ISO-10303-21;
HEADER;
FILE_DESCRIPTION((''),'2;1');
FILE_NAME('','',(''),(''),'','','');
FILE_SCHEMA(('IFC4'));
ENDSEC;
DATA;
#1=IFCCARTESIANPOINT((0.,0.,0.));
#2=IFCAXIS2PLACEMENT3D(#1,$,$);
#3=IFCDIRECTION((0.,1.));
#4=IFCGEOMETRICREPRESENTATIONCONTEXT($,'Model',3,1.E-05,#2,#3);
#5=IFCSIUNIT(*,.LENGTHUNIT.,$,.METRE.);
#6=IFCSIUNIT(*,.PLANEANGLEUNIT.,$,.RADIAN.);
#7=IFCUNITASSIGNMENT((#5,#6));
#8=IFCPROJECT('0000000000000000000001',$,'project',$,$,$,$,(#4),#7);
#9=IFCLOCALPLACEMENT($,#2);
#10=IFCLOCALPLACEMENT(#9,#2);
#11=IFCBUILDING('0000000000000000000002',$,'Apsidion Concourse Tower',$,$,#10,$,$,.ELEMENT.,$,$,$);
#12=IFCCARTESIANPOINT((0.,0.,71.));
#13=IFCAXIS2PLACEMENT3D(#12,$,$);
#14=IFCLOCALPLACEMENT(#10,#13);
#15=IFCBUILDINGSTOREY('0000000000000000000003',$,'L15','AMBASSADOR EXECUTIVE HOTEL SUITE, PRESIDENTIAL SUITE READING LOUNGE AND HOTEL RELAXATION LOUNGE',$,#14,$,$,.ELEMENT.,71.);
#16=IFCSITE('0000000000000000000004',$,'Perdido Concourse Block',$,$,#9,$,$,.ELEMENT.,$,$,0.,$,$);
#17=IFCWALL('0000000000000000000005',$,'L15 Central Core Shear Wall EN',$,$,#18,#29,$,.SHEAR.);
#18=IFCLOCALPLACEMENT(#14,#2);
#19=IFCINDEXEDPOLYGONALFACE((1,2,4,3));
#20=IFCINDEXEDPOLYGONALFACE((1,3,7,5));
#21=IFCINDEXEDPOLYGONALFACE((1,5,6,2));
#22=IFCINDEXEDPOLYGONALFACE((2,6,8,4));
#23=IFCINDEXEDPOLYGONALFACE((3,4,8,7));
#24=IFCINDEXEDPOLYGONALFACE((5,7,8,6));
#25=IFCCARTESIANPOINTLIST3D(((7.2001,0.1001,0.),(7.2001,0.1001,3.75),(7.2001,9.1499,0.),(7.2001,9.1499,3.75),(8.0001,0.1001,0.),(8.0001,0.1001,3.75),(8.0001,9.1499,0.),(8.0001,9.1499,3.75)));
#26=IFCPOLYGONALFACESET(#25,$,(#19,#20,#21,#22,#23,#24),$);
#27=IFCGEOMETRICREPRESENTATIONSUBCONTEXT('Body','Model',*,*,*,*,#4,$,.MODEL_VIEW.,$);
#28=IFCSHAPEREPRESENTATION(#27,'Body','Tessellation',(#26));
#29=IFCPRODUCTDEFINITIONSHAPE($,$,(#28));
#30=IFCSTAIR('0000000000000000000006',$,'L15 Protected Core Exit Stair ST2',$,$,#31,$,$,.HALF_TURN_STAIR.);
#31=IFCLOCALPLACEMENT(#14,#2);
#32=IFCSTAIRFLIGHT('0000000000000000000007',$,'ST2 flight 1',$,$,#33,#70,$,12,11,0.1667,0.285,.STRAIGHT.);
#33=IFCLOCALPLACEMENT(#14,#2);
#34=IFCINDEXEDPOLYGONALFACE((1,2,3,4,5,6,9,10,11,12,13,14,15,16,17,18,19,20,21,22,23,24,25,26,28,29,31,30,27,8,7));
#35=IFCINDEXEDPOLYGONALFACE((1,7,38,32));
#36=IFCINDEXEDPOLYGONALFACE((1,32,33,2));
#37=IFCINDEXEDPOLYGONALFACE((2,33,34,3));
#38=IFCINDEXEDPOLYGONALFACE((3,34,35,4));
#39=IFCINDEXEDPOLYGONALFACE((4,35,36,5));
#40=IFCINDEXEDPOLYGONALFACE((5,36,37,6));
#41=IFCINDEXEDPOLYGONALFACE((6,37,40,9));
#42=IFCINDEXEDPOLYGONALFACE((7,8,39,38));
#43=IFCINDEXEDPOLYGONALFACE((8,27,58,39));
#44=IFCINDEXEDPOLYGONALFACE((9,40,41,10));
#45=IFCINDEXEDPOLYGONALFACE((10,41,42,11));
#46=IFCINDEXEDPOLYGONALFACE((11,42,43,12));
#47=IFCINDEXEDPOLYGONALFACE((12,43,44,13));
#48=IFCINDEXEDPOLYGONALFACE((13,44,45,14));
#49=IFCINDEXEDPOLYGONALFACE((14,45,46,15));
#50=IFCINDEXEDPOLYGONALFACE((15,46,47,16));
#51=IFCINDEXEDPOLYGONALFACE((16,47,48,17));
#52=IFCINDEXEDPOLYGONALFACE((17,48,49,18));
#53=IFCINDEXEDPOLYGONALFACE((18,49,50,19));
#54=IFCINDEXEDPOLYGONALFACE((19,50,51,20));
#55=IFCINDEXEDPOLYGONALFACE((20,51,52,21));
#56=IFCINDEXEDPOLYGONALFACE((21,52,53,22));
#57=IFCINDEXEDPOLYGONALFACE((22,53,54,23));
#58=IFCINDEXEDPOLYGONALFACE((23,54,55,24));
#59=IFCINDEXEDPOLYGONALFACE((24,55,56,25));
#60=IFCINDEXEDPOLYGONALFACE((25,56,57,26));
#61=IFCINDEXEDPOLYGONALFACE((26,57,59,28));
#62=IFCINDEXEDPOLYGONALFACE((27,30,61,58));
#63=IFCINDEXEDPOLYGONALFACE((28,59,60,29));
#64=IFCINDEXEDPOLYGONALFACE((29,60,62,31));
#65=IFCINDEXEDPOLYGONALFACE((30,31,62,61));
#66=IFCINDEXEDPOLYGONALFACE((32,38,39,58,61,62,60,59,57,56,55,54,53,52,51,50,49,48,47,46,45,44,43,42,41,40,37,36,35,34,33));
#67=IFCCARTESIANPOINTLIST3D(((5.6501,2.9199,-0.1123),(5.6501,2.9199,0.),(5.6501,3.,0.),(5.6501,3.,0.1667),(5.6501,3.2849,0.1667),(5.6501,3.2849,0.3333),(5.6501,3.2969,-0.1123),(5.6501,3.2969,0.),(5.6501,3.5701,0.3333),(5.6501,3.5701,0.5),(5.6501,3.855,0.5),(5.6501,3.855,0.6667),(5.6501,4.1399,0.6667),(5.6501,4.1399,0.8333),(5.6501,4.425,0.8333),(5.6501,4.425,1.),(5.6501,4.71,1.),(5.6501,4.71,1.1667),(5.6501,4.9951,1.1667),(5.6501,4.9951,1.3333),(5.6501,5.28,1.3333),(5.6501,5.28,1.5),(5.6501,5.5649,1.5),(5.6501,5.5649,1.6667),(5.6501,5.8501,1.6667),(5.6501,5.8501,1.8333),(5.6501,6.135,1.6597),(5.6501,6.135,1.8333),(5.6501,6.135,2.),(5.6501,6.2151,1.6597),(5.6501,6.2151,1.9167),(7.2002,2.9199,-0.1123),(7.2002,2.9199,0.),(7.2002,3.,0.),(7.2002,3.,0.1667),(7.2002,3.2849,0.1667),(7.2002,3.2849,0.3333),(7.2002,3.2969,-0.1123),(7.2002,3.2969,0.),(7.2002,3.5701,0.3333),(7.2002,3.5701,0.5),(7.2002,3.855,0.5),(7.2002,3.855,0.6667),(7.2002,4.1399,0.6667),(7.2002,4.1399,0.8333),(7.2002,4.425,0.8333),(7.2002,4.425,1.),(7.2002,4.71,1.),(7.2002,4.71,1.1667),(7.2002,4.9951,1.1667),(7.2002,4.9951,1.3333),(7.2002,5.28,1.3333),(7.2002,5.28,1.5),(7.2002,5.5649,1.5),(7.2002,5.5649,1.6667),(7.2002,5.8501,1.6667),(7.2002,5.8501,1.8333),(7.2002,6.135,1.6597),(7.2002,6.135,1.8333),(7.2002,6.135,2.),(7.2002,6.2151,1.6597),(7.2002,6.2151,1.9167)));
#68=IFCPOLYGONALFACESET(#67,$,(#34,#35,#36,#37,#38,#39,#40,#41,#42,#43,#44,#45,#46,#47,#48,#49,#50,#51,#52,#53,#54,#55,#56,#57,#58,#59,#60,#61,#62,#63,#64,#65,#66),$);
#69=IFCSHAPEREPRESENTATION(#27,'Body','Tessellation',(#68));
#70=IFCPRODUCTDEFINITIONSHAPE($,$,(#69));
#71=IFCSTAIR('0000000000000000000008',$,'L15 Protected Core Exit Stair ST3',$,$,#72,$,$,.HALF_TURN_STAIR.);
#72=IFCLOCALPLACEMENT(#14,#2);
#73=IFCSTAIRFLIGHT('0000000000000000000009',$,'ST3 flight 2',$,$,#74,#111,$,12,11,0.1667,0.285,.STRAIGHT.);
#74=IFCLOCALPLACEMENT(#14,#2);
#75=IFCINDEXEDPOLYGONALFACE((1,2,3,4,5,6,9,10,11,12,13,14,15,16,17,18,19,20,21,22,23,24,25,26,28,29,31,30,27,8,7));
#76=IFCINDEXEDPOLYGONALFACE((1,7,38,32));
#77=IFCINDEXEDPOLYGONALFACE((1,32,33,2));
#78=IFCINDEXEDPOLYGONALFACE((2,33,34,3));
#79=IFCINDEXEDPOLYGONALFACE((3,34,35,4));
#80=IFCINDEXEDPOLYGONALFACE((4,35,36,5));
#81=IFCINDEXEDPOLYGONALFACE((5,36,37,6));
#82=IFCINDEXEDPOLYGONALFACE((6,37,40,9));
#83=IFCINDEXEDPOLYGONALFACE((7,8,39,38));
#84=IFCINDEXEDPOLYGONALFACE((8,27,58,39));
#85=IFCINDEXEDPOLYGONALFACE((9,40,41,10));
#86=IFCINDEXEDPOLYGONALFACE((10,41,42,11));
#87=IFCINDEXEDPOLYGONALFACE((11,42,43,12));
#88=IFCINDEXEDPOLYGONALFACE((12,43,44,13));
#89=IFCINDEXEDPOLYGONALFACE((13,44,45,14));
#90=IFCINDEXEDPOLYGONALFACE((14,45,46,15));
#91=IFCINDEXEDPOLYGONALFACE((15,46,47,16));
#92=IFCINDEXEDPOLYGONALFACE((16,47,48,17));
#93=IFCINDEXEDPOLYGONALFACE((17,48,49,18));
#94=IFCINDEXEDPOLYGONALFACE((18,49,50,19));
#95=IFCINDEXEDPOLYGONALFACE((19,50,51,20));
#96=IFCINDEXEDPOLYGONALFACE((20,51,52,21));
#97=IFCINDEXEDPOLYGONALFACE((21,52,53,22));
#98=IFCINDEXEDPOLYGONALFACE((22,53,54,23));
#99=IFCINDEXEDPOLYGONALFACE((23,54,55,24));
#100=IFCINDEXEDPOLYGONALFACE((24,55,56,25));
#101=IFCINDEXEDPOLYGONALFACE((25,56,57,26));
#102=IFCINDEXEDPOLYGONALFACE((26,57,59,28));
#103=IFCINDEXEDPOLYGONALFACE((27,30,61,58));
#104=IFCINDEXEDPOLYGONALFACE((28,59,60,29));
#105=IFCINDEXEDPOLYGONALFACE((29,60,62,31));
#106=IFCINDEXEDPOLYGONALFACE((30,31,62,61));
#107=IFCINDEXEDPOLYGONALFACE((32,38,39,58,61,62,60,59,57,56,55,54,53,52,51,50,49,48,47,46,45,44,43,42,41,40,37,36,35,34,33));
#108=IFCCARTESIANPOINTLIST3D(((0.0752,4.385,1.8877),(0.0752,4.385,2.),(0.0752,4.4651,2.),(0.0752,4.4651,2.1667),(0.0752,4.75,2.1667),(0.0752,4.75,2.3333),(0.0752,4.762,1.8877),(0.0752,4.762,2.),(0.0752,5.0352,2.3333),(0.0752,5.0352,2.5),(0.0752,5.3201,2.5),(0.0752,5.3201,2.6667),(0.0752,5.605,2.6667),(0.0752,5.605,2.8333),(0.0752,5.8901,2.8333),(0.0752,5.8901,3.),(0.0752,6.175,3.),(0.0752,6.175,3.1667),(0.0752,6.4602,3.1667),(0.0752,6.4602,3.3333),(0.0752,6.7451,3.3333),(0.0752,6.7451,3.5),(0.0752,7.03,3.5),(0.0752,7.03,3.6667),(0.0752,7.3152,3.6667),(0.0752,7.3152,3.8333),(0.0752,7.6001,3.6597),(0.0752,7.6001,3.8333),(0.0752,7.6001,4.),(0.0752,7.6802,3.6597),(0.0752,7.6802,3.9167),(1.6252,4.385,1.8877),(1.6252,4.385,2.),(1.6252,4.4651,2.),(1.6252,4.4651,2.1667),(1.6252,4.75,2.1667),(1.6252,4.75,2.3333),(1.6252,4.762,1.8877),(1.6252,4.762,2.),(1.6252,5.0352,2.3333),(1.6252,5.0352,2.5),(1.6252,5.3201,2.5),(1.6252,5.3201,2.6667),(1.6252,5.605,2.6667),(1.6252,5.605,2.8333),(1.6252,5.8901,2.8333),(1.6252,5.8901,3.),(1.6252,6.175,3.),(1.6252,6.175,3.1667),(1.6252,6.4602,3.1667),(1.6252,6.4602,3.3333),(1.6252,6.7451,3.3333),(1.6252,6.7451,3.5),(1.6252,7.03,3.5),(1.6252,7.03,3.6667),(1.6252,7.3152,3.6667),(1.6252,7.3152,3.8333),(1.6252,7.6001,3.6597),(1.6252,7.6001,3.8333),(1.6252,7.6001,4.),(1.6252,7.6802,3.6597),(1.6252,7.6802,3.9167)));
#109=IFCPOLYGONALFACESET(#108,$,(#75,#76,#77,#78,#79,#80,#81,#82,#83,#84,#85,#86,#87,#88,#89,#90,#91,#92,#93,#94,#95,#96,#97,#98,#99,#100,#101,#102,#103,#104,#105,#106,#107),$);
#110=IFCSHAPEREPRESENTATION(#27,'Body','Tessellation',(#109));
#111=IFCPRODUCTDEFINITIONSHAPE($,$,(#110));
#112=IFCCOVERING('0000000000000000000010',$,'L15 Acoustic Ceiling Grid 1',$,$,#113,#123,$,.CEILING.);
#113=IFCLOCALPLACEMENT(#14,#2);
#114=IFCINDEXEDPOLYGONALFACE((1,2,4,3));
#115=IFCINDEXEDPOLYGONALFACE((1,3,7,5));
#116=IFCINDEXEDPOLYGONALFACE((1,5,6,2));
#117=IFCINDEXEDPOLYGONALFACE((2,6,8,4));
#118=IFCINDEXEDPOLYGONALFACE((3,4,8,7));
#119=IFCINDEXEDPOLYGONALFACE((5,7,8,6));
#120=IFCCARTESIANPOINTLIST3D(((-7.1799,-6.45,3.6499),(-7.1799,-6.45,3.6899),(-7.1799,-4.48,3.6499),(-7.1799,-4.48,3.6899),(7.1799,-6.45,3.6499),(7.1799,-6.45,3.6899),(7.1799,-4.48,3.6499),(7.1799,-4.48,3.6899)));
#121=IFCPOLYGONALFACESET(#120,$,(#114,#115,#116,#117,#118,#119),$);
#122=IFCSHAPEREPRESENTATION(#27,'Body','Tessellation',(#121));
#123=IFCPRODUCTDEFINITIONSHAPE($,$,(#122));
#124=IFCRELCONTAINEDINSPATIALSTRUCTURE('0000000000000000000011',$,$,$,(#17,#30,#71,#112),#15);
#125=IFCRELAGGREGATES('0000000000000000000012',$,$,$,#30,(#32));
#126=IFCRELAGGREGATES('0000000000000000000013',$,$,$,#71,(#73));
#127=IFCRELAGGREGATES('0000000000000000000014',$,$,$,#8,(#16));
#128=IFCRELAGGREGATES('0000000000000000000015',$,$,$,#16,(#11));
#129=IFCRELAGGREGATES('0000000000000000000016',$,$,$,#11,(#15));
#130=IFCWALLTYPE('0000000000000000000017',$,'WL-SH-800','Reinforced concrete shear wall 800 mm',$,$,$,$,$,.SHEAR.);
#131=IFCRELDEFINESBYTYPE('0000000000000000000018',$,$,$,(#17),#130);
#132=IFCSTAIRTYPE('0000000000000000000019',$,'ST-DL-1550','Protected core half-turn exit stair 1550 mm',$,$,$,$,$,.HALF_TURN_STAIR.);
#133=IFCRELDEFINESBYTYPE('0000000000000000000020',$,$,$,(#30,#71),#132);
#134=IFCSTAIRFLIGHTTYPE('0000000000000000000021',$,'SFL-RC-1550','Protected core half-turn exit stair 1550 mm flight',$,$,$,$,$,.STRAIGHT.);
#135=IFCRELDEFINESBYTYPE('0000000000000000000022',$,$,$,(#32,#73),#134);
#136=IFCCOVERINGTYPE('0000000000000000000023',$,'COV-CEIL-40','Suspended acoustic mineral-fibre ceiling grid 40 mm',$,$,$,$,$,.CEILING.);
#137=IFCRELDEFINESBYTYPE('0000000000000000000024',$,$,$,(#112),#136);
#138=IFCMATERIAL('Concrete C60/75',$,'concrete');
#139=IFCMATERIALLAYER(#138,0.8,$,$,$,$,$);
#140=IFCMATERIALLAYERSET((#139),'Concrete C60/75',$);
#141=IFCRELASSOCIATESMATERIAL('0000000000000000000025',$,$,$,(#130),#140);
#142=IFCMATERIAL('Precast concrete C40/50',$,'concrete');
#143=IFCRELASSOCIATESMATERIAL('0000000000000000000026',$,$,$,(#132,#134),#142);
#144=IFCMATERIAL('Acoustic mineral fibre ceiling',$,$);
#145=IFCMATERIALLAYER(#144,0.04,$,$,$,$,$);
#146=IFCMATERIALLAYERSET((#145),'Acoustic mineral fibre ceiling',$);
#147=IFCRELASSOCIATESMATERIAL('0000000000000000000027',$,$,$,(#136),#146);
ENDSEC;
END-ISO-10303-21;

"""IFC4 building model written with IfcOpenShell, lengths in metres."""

from ifc_helpers import new_model, si_unit, direction, frame, frame_2d, origin, place, context, subcontext, project, spatial, polyline, rectangle, outline, extrude, material, layer, layer_set, type_object, element, aggregate, save


model = new_model("IFC4")

# Units and contexts
model_context = context("Model", 3, precision=1e-05, world=origin(), true_north=direction((0.0, 1.0)))
body_context = subcontext(model_context, "Body", "Model", "MODEL_VIEW")
ifc_project = project(units=[si_unit("LENGTHUNIT", "METRE"), si_unit("PLANEANGLEUNIT", "RADIAN")], contexts=[model_context])

# Site, building, storey
site_placement = place(None, origin())
site = spatial("IfcSite", under=ifc_project, at=site_placement, Name="Perdido Concourse Block", CompositionType="ELEMENT", RefElevation=0.0)
building_placement = place(site_placement, origin())
building = spatial("IfcBuilding", under=site, at=building_placement, Name="Apsidion Concourse Tower", CompositionType="ELEMENT")
storey_placement = place(building_placement, frame((0.0, 0.0, 71.0)))
storey = spatial("IfcBuildingStorey", under=building, at=storey_placement, Name="L15", Description="AMBASSADOR EXECUTIVE HOTEL SUITE, PRESIDENTIAL SUITE READING LOUNGE AND HOTEL RELAXATION LOUNGE", CompositionType="ELEMENT", Elevation=71.0)

# Shared definitions
ifc_material_1 = material(Name="Concrete C60/75", Category="concrete")

# Wall
ifc_layer_1 = layer(ifc_material_1, 0.8)
ifc_layer_set_1 = layer_set([ifc_layer_1], Name="Concrete C60/75")
wall_type_1 = type_object("IfcWallType", Name="WL-SH-800", Description="Reinforced concrete shear wall 800 mm", PredefinedType="SHEAR", material=ifc_layer_set_1)
wall_1_placement = place(storey_placement, frame((7.6001, 0.1001, 0.0), z_axis=(0.0, 0.0, 1.0), x_axis=(0.0, 1.0, 0.0)))
element("IfcWall", 1, at=wall_1_placement, inside=storey, type_object=wall_type_1, Name="L15 Central Core Shear Wall EN", PredefinedType="SHEAR", context=body_context, shape_type="SweptSolid", body=[
    extrude(rectangle(XDim=9.0498, YDim=0.8, at=frame_2d((4.5249, 0.0))), origin(), (0.0, 0.0, 1.0), 3.75),
])

# Stairs, stair flights
ifc_material_2 = material(Name="Precast concrete C40/50", Category="concrete")
stair_type = type_object("IfcStairType", Name="ST-DL-1550", Description="Protected core half-turn exit stair 1550 mm", PredefinedType="HALF_TURN_STAIR", material=ifc_material_2)
stair_1_placement = place(storey_placement, origin())
stair_1 = element("IfcStair", 2, at=stair_1_placement, inside=storey, type_object=stair_type, Name="L15 Protected Core Exit Stair ST2", PredefinedType="HALF_TURN_STAIR")
stair_flight_type = type_object("IfcStairFlightType", Name="SFL-RC-1550", Description="Protected core half-turn exit stair 1550 mm flight", PredefinedType="STRAIGHT", material=ifc_material_2)
stair_flight_1_placement = place(storey_placement, frame((6.425, 3.0, 0.0), z_axis=(0.0, 0.0, 1.0), x_axis=(0.0, 1.0, 0.0)))
stair_flight_1 = element("IfcStairFlight", 3, at=stair_flight_1_placement, type_object=stair_flight_type, Name="ST2 flight 1", NumberOfRisers=12, NumberOfTreads=11, PredefinedType="STRAIGHT", RiserHeight=0.1667, TreadLength=0.285, context=body_context, shape_type="SweptSolid", body=[
    extrude(outline(polyline([(-0.0801, -0.1123), (-0.0801, 0.0), (0.0, 0.0), (0.0, 0.1667), (0.2849, 0.1667), (0.2849, 0.3333), (0.5701, 0.3333), (0.5701, 0.5), (0.855, 0.5), (0.855, 0.6667), (1.1399, 0.6667), (1.1399, 0.8333), (1.425, 0.8333), (1.425, 1.0), (1.71, 1.0), (1.71, 1.1667), (1.9951, 1.1667), (1.9951, 1.3333), (2.28, 1.3333), (2.28, 1.5), (2.5649, 1.5), (2.5649, 1.6667), (2.8501, 1.6667), (2.8501, 1.8333), (3.135, 1.8333), (3.135, 2.0), (3.2151, 1.9167), (3.2151, 1.6597), (3.135, 1.6597), (0.2969, 0.0), (0.2969, -0.1123), (-0.0801, -0.1123)])), frame((0.0, 0.7749, 0.0), z_axis=(0.0, -1.0, 0.0), x_axis=(1.0, 0.0, 0.0)), (0.0, 0.0, 1.0), 1.55),
])
aggregate(stair_1, [stair_flight_1])
stair_2_placement = place(storey_placement, origin())
stair_2 = element("IfcStair", 4, at=stair_2_placement, inside=storey, type_object=stair_type, Name="L15 Protected Core Exit Stair ST3", PredefinedType="HALF_TURN_STAIR")
stair_flight_2_placement = place(storey_placement, frame((0.8501, 4.4651, 2.0), z_axis=(0.0, 0.0, 1.0), x_axis=(0.0, 1.0, 0.0)))
stair_flight_2 = element("IfcStairFlight", 5, at=stair_flight_2_placement, type_object=stair_flight_type, Name="ST3 flight 2", NumberOfRisers=12, NumberOfTreads=11, PredefinedType="STRAIGHT", RiserHeight=0.1667, TreadLength=0.285, context=body_context, shape_type="SweptSolid", body=[
    extrude(outline(polyline([(-0.0801, -0.1123), (-0.0801, 0.0), (0.0, 0.0), (0.0, 0.1667), (0.2849, 0.1667), (0.2849, 0.3333), (0.5701, 0.3333), (0.5701, 0.5), (0.855, 0.5), (0.855, 0.6667), (1.1399, 0.6667), (1.1399, 0.8333), (1.425, 0.8333), (1.425, 1.0), (1.71, 1.0), (1.71, 1.1667), (1.9951, 1.1667), (1.9951, 1.3333), (2.28, 1.3333), (2.28, 1.5), (2.5649, 1.5), (2.5649, 1.6667), (2.8501, 1.6667), (2.8501, 1.8333), (3.135, 1.8333), (3.135, 2.0), (3.2151, 1.9167), (3.2151, 1.6597), (3.135, 1.6597), (0.2969, 0.0), (0.2969, -0.1123), (-0.0801, -0.1123)])), frame((0.0, 0.7749, 0.0), z_axis=(0.0, -1.0, 0.0), x_axis=(1.0, 0.0, 0.0)), (0.0, 0.0, 1.0), 1.55),
])
aggregate(stair_2, [stair_flight_2])

# Covering
ifc_material_3 = material(Name="Acoustic mineral fibre ceiling")
ifc_layer_2 = layer(ifc_material_3, 0.04)
ifc_layer_set_2 = layer_set([ifc_layer_2], Name="Acoustic mineral fibre ceiling")
covering_type_1 = type_object("IfcCoveringType", Name="COV-CEIL-40", Description="Suspended acoustic mineral-fibre ceiling grid 40 mm", PredefinedType="CEILING", material=ifc_layer_set_2)
covering_1_placement = place(storey_placement, frame((0.0, 0.0, 3.6499)))
element("IfcCovering", 6, at=covering_1_placement, inside=storey, type_object=covering_type_1, Name="L15 Acoustic Ceiling Grid 1", PredefinedType="CEILING", context=body_context, shape_type="SweptSolid", body=[
    extrude(outline(polyline([(-7.1799, -6.45), (-7.1799, -4.48), (7.1799, -4.48), (7.1799, -6.45), (-7.1799, -6.45)])), origin(), (0.0, 0.0, 1.0), 0.04),
])

save(model, "model.ifc")
